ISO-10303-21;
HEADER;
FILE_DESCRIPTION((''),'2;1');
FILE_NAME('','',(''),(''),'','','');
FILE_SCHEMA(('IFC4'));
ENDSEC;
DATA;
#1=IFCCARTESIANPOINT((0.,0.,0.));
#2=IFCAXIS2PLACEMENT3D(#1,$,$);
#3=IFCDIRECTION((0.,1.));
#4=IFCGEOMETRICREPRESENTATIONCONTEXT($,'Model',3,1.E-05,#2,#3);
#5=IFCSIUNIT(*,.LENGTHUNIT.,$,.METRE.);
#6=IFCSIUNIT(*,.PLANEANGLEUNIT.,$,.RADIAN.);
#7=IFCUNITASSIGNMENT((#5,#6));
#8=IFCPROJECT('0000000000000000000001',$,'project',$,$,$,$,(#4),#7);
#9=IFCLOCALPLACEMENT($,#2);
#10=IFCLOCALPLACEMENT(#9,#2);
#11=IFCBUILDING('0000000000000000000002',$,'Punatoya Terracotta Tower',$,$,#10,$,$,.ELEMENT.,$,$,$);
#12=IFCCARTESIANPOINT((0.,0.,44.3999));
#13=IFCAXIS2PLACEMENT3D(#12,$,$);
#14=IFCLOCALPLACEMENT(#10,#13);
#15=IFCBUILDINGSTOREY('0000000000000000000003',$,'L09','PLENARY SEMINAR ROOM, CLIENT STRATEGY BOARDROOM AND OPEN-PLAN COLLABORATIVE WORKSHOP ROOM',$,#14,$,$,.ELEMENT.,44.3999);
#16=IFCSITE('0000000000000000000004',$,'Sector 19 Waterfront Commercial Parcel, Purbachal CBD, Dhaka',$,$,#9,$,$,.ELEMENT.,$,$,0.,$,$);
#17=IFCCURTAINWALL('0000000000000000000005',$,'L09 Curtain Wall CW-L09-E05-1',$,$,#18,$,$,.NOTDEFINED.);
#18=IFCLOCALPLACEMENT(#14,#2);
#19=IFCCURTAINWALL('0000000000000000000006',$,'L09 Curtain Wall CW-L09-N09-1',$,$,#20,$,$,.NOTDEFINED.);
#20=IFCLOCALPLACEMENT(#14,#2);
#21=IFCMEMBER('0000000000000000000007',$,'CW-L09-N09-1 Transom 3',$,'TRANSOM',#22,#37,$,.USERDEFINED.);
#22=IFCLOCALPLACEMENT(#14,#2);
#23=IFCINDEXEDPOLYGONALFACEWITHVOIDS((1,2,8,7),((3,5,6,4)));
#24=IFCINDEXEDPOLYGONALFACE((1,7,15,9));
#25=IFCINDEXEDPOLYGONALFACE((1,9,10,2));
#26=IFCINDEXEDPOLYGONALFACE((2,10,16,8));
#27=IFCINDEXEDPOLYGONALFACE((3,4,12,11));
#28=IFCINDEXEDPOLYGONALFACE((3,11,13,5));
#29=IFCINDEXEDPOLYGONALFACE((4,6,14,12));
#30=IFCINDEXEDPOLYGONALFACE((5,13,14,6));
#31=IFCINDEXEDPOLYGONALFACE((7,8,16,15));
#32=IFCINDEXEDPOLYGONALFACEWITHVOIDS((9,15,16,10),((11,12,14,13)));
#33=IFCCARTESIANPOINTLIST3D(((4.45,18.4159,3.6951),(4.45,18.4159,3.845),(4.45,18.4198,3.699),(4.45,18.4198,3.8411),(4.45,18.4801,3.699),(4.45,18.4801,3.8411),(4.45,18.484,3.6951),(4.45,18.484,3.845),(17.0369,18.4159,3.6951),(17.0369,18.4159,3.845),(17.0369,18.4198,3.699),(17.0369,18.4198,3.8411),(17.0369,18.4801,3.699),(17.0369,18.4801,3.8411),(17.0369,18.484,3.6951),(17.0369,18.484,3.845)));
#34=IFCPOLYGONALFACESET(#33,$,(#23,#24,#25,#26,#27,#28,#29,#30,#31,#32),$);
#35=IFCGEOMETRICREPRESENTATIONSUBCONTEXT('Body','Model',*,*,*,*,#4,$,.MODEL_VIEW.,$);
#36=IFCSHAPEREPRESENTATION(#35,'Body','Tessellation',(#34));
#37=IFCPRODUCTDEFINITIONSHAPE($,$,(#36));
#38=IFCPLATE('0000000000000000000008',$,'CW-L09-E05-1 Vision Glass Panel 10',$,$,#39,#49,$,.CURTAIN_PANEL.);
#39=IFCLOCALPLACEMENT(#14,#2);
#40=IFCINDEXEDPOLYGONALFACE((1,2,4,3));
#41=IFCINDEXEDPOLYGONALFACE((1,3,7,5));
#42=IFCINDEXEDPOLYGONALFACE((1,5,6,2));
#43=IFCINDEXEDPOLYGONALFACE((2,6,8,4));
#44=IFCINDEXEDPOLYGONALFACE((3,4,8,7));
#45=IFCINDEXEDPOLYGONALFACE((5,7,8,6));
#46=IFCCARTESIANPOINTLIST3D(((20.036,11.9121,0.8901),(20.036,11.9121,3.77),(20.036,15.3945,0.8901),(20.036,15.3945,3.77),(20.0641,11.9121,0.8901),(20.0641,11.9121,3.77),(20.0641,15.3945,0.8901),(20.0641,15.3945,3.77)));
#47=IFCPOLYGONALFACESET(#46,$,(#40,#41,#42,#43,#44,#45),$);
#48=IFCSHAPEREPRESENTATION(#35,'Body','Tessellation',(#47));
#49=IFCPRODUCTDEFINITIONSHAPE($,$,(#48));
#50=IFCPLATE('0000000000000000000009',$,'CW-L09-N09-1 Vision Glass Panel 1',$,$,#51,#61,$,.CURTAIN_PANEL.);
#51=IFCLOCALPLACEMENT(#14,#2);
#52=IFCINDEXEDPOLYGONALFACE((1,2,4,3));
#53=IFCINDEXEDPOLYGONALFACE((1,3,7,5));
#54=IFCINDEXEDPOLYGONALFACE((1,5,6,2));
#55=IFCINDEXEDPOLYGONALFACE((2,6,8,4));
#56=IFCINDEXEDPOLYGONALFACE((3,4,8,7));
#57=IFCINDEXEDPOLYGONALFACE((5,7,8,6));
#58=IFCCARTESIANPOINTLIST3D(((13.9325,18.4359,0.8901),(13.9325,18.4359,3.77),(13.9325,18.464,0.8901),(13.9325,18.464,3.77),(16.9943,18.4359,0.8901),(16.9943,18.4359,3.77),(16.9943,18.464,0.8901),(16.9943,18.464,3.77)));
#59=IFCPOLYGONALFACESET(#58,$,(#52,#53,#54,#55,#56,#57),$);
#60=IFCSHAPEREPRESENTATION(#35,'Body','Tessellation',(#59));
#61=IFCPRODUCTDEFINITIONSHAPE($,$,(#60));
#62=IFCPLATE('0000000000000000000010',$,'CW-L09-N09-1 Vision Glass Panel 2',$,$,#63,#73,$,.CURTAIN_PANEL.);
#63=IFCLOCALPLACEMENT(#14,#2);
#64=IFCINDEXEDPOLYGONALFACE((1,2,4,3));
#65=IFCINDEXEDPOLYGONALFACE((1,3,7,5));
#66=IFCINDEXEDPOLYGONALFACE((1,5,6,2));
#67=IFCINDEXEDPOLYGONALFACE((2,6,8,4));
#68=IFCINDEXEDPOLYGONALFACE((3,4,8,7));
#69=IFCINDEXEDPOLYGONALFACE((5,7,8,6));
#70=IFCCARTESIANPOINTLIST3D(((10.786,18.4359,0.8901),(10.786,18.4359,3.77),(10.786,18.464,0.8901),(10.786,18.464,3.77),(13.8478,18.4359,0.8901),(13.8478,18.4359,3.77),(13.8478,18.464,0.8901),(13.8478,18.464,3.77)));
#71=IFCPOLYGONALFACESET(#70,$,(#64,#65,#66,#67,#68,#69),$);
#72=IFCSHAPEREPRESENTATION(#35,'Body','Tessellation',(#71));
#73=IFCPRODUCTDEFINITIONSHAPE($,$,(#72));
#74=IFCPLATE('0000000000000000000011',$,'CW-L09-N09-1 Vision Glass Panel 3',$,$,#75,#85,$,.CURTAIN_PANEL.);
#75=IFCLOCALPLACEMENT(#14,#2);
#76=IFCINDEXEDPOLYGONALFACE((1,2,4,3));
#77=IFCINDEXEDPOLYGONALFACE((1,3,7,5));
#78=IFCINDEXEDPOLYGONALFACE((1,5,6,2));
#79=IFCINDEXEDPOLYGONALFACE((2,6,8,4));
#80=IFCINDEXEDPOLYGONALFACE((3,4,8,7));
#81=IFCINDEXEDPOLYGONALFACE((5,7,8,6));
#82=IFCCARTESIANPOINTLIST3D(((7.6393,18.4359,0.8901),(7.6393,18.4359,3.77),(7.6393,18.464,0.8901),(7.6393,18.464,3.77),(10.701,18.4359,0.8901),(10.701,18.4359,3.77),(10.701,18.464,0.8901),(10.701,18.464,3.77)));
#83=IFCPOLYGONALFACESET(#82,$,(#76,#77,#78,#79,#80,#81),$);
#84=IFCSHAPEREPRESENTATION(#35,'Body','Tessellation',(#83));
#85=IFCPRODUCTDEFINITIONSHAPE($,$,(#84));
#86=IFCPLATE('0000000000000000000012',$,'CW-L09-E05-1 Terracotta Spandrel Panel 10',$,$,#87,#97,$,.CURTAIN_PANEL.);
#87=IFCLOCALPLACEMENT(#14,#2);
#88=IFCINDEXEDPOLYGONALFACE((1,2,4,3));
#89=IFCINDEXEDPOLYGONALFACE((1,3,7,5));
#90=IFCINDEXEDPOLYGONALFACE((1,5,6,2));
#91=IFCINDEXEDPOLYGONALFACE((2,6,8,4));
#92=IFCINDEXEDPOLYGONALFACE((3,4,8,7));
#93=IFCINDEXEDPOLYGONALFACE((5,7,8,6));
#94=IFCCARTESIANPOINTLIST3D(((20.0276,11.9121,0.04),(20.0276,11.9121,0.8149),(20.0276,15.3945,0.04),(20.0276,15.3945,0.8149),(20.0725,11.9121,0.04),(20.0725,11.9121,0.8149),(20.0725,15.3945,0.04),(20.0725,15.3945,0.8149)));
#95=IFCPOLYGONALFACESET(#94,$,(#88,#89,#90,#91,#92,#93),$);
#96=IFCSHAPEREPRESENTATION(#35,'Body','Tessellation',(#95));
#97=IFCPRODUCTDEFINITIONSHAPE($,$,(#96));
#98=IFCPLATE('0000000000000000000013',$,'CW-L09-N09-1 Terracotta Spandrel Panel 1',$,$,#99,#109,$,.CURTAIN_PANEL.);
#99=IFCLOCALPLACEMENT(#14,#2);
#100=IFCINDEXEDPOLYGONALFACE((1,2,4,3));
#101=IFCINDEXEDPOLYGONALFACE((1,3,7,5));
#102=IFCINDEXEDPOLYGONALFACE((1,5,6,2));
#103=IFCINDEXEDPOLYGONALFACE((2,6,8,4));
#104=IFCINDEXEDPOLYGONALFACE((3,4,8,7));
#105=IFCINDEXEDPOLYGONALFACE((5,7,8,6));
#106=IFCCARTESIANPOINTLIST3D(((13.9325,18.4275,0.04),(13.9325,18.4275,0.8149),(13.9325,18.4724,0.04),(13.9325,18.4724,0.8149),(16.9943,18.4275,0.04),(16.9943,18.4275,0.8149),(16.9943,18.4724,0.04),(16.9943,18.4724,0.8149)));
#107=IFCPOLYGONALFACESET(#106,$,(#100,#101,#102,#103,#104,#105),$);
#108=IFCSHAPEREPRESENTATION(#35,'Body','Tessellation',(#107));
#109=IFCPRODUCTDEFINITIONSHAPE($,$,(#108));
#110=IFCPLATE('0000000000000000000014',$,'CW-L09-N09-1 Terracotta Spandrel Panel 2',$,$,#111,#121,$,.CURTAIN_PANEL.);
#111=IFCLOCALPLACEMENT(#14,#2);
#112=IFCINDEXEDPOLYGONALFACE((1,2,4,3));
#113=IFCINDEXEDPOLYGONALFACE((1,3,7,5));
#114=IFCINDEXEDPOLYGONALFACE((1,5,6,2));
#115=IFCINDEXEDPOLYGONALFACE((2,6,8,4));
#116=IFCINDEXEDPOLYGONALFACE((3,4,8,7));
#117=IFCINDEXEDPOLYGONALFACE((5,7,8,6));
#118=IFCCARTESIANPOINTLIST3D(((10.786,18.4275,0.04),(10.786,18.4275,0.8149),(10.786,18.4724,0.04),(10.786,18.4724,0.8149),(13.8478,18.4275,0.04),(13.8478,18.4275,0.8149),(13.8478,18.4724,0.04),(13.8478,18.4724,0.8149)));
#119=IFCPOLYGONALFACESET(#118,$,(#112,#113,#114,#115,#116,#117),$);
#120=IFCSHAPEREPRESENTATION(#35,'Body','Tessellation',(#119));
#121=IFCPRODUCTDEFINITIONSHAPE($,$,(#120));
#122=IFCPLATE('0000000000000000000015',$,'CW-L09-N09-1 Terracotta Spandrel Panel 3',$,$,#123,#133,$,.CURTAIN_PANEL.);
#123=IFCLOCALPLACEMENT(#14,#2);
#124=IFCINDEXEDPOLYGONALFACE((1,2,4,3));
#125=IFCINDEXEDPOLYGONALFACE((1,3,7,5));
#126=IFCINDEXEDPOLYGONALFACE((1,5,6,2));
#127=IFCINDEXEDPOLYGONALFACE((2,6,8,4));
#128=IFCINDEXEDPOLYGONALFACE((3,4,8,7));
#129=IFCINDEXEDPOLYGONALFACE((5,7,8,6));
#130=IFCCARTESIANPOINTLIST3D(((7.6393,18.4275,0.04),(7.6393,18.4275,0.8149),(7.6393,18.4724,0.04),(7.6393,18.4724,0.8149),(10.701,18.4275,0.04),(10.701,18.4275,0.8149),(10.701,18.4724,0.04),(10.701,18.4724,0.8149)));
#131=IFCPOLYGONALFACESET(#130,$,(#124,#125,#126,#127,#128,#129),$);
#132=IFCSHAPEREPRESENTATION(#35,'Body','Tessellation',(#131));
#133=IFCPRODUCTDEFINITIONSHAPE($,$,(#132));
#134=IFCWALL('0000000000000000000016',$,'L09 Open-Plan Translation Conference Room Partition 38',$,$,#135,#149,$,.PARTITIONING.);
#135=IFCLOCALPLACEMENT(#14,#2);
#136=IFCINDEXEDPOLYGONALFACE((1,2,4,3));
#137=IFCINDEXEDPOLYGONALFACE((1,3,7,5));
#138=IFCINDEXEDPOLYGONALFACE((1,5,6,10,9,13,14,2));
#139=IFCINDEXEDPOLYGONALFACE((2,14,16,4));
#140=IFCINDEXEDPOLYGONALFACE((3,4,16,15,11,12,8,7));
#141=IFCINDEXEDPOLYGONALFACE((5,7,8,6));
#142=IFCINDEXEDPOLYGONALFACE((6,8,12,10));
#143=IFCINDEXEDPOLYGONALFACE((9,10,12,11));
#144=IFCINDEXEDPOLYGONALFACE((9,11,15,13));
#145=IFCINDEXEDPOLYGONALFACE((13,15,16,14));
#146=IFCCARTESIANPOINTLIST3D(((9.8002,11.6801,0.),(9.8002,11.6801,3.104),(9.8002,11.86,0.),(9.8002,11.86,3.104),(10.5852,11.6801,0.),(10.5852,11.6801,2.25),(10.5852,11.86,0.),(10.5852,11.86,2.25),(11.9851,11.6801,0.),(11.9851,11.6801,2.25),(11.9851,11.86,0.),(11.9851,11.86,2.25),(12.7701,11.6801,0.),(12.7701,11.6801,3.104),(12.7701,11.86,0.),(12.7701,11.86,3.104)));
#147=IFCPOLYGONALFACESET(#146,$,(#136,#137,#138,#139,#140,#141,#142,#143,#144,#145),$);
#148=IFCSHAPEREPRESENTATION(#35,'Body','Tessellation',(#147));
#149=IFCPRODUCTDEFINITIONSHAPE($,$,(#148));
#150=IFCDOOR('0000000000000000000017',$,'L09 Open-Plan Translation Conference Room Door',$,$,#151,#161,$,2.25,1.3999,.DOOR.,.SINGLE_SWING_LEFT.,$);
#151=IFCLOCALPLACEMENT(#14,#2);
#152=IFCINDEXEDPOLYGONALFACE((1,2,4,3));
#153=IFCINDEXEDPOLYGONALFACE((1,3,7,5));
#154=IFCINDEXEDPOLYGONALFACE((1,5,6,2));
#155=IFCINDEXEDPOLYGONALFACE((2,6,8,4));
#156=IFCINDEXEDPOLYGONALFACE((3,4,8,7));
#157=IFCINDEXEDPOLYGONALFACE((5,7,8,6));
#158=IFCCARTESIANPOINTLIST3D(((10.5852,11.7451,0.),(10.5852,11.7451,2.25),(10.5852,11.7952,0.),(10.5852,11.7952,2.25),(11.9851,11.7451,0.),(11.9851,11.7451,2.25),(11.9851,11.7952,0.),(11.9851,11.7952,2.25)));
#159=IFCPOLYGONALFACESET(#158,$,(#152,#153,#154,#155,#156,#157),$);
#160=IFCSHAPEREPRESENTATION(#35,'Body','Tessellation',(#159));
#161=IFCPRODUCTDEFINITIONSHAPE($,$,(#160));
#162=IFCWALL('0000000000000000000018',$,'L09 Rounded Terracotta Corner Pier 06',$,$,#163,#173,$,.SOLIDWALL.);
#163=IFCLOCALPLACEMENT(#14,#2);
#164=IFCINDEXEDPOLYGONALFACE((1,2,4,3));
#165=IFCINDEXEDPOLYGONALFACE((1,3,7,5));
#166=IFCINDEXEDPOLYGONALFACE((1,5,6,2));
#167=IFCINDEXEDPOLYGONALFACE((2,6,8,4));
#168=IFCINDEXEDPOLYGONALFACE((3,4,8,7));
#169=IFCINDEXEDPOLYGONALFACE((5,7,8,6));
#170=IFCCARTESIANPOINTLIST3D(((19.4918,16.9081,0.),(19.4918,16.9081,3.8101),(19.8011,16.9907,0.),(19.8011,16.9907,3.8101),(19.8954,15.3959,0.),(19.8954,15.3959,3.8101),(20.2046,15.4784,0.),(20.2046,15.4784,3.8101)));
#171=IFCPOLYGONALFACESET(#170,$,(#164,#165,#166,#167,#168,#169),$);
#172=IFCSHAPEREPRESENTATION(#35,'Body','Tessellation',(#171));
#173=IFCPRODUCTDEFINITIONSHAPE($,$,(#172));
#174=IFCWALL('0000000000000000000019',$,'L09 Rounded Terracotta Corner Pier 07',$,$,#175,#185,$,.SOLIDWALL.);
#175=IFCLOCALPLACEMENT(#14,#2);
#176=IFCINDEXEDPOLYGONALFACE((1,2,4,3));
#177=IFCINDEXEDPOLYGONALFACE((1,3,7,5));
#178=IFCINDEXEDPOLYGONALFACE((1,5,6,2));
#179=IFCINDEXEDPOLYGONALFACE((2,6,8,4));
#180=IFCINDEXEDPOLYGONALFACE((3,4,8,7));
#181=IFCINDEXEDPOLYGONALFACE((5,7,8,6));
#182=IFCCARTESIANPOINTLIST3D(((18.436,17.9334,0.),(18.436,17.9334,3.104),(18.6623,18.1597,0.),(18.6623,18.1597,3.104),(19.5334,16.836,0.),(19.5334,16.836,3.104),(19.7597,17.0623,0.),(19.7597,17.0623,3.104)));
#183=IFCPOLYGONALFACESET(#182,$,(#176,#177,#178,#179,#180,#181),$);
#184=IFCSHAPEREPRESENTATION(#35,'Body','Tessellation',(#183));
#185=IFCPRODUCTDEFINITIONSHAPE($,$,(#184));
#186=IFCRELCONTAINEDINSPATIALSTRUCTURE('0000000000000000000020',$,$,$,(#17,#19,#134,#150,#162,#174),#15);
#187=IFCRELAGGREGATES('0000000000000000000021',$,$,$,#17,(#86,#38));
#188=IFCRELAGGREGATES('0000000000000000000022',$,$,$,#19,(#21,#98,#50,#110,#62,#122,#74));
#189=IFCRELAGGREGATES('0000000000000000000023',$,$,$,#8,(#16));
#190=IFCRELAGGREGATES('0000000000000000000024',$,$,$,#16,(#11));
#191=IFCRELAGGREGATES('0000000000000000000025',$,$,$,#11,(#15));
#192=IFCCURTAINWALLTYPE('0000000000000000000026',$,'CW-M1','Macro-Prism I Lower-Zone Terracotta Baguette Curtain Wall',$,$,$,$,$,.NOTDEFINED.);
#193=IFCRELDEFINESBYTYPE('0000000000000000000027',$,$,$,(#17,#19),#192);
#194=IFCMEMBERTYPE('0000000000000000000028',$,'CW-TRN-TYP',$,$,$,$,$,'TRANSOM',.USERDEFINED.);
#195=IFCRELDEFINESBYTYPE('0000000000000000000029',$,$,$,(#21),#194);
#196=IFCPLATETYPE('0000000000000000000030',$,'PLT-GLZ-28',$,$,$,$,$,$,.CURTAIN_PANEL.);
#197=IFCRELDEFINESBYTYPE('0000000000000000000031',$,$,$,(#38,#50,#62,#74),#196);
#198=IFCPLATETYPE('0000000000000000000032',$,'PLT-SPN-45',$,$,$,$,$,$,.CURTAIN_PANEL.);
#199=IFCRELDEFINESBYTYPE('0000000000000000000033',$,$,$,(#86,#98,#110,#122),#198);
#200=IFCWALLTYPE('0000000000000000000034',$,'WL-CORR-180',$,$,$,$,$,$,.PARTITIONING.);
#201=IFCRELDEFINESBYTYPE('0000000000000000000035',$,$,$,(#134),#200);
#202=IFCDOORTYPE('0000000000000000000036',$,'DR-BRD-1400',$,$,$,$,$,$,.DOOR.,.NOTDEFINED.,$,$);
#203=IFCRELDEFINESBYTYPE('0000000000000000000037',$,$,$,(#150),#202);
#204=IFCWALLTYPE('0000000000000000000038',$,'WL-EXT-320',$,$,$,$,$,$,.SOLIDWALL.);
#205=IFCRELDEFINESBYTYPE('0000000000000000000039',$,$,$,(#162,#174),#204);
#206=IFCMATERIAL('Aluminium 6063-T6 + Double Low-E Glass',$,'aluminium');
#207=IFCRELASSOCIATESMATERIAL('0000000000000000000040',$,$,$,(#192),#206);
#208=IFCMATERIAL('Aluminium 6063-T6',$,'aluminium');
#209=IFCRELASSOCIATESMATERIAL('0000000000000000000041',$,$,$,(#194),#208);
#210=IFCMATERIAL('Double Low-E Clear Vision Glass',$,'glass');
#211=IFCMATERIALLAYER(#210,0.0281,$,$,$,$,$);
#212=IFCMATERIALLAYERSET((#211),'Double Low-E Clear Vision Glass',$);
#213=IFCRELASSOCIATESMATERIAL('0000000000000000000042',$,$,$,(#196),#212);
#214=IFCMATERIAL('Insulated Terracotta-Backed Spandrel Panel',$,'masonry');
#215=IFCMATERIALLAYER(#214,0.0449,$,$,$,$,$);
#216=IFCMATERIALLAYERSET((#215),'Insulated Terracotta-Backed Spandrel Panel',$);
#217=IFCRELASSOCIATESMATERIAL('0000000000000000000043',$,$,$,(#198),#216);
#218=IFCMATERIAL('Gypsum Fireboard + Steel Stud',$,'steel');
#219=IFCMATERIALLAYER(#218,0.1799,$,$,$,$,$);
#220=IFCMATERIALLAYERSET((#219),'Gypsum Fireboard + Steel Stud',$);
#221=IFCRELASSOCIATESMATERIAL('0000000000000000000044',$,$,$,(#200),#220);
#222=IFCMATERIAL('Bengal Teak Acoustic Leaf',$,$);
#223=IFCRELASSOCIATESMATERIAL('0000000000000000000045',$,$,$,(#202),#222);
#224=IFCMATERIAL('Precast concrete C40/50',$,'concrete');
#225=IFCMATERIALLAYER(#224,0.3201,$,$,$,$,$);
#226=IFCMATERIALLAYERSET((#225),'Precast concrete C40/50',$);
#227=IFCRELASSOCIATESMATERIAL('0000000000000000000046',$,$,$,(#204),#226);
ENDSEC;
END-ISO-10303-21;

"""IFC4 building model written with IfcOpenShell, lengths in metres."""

from ifc_helpers import new_model, si_unit, direction, frame, frame_2d, origin, origin_2d, place, context, subcontext, project, spatial, rectangle, hollow_rectangle, extrude, material, layer, layer_set, material_profile, profile_set, type_object, element, fill, aggregate, save


model = new_model("IFC4")

# Units and contexts
model_context = context("Model", 3, precision=1e-05, world=origin(), true_north=direction((0.0, 1.0)))
body_context = subcontext(model_context, "Body", "Model", "MODEL_VIEW")
ifc_project = project(units=[si_unit("LENGTHUNIT", "METRE"), si_unit("PLANEANGLEUNIT", "RADIAN")], contexts=[model_context])

# Site, building, storey
site_placement = place(None, origin())
site = spatial("IfcSite", under=ifc_project, at=site_placement, Name="Sector 19 Waterfront Commercial Parcel, Purbachal CBD, Dhaka", CompositionType="ELEMENT", RefElevation=0.0)
building_placement = place(site_placement, origin())
building = spatial("IfcBuilding", under=site, at=building_placement, Name="Punatoya Terracotta Tower", CompositionType="ELEMENT")
storey_placement = place(building_placement, frame((0.0, 0.0, 44.3999)))
storey = spatial("IfcBuildingStorey", under=building, at=storey_placement, Name="L09", Description="PLENARY SEMINAR ROOM, CLIENT STRATEGY BOARDROOM AND OPEN-PLAN COLLABORATIVE WORKSHOP ROOM", CompositionType="ELEMENT", Elevation=44.3999)

# Curtain walls, member
ifc_material_1 = material(Name="Aluminium 6063-T6 + Double Low-E Glass", Category="aluminium")
curtain_wall_type = type_object("IfcCurtainWallType", Name="CW-M1", Description="Macro-Prism I Lower-Zone Terracotta Baguette Curtain Wall", PredefinedType="NOTDEFINED", material=ifc_material_1)
curtain_wall_1_placement = place(storey_placement, origin())
curtain_wall_1 = element("IfcCurtainWall", 1, at=curtain_wall_1_placement, inside=storey, type_object=curtain_wall_type, Name="L09 Curtain Wall CW-L09-E05-1", PredefinedType="NOTDEFINED")
ifc_material_2 = material(Name="Aluminium 6063-T6", Category="aluminium")
curtain_wall_2_placement = place(storey_placement, origin())
curtain_wall_2 = element("IfcCurtainWall", 2, at=curtain_wall_2_placement, inside=storey, type_object=curtain_wall_type, Name="L09 Curtain Wall CW-L09-N09-1", PredefinedType="NOTDEFINED")
ifc_material_profile_1 = material_profile(ifc_material_2, hollow_rectangle(XDim=0.0681, YDim=0.1499, WallThickness=0.0039, at=origin_2d()))
ifc_profile_set_1 = profile_set([ifc_material_profile_1], Name="Aluminium 6063-T6")
member_type_1 = type_object("IfcMemberType", Name="CW-TRN-TYP", ElementType="TRANSOM", PredefinedType="USERDEFINED", material=ifc_profile_set_1)
member_1_placement = place(storey_placement, frame((17.0369, 18.45, 3.77), z_axis=(-1.0, 0.0, 0.0), x_axis=(0.0, -1.0, 0.0)))
member_1 = element("IfcMember", 3, at=member_1_placement, type_object=member_type_1, Name="CW-L09-N09-1 Transom 3", ObjectType="TRANSOM", PredefinedType="USERDEFINED", context=body_context, shape_type="SweptSolid", body=[
    extrude(hollow_rectangle(XDim=0.0681, YDim=0.1499, WallThickness=0.0039, at=origin_2d()), origin(), (0.0, 0.0, 1.0), 12.5869),
])

# Plates
ifc_material_3 = material(Name="Double Low-E Clear Vision Glass", Category="glass")
ifc_layer_1 = layer(ifc_material_3, 0.0281)
ifc_layer_set_1 = layer_set([ifc_layer_1], Name="Double Low-E Clear Vision Glass")
plate_type_1 = type_object("IfcPlateType", Name="PLT-GLZ-28", PredefinedType="CURTAIN_PANEL", material=ifc_layer_set_1)
plate_1_placement = place(storey_placement, frame((20.05, 13.6533, 0.8901), z_axis=(0.0, 0.0, 1.0), x_axis=(0.0, 1.0, 0.0)))
plate_1 = element("IfcPlate", 4, at=plate_1_placement, type_object=plate_type_1, Name="CW-L09-E05-1 Vision Glass Panel 10", PredefinedType="CURTAIN_PANEL", context=body_context, shape_type="SweptSolid", body=[
    extrude(rectangle(XDim=3.4824, YDim=0.0281, at=origin_2d()), origin(), (0.0, 0.0, 1.0), 2.8799),
])
plate_2_placement = place(storey_placement, frame((15.4634, 18.45, 0.8901), z_axis=(0.0, 0.0, 1.0), x_axis=(-1.0, 0.0, 0.0)))
plate_2 = element("IfcPlate", 5, at=plate_2_placement, type_object=plate_type_1, Name="CW-L09-N09-1 Vision Glass Panel 1", PredefinedType="CURTAIN_PANEL", context=body_context, shape_type="SweptSolid", body=[
    extrude(rectangle(XDim=3.0618, YDim=0.0281, at=origin_2d()), origin(), (0.0, 0.0, 1.0), 2.8799),
])
plate_3_placement = place(storey_placement, frame((12.3169, 18.45, 0.8901), z_axis=(0.0, 0.0, 1.0), x_axis=(-1.0, 0.0, 0.0)))
plate_3 = element("IfcPlate", 6, at=plate_3_placement, type_object=plate_type_1, Name="CW-L09-N09-1 Vision Glass Panel 2", PredefinedType="CURTAIN_PANEL", context=body_context, shape_type="SweptSolid", body=[
    extrude(rectangle(XDim=3.0618, YDim=0.0281, at=origin_2d()), origin(), (0.0, 0.0, 1.0), 2.8799),
])
plate_4_placement = place(storey_placement, frame((9.1702, 18.45, 0.8901), z_axis=(0.0, 0.0, 1.0), x_axis=(-1.0, 0.0, 0.0)))
plate_4 = element("IfcPlate", 7, at=plate_4_placement, type_object=plate_type_1, Name="CW-L09-N09-1 Vision Glass Panel 3", PredefinedType="CURTAIN_PANEL", context=body_context, shape_type="SweptSolid", body=[
    extrude(rectangle(XDim=3.0618, YDim=0.0281, at=origin_2d()), origin(), (0.0, 0.0, 1.0), 2.8799),
])
ifc_material_4 = material(Name="Insulated Terracotta-Backed Spandrel Panel", Category="masonry")
ifc_layer_2 = layer(ifc_material_4, 0.0449)
ifc_layer_set_2 = layer_set([ifc_layer_2], Name="Insulated Terracotta-Backed Spandrel Panel")
plate_type_2 = type_object("IfcPlateType", Name="PLT-SPN-45", PredefinedType="CURTAIN_PANEL", material=ifc_layer_set_2)
plate_5_placement = place(storey_placement, frame((20.05, 13.6533, 0.04), z_axis=(0.0, 0.0, 1.0), x_axis=(0.0, 1.0, 0.0)))
plate_5 = element("IfcPlate", 8, at=plate_5_placement, type_object=plate_type_2, Name="CW-L09-E05-1 Terracotta Spandrel Panel 10", PredefinedType="CURTAIN_PANEL", context=body_context, shape_type="SweptSolid", body=[
    extrude(rectangle(XDim=3.4824, YDim=0.0449, at=origin_2d()), origin(), (0.0, 0.0, 1.0), 0.7749),
])
aggregate(curtain_wall_1, [plate_5, plate_1])
plate_6_placement = place(storey_placement, frame((15.4634, 18.45, 0.04), z_axis=(0.0, 0.0, 1.0), x_axis=(-1.0, 0.0, 0.0)))
plate_6 = element("IfcPlate", 9, at=plate_6_placement, type_object=plate_type_2, Name="CW-L09-N09-1 Terracotta Spandrel Panel 1", PredefinedType="CURTAIN_PANEL", context=body_context, shape_type="SweptSolid", body=[
    extrude(rectangle(XDim=3.0618, YDim=0.0449, at=origin_2d()), origin(), (0.0, 0.0, 1.0), 0.7749),
])
plate_7_placement = place(storey_placement, frame((12.3169, 18.45, 0.04), z_axis=(0.0, 0.0, 1.0), x_axis=(-1.0, 0.0, 0.0)))
plate_7 = element("IfcPlate", 10, at=plate_7_placement, type_object=plate_type_2, Name="CW-L09-N09-1 Terracotta Spandrel Panel 2", PredefinedType="CURTAIN_PANEL", context=body_context, shape_type="SweptSolid", body=[
    extrude(rectangle(XDim=3.0618, YDim=0.0449, at=origin_2d()), origin(), (0.0, 0.0, 1.0), 0.7749),
])
plate_8_placement = place(storey_placement, frame((9.1702, 18.45, 0.04), z_axis=(0.0, 0.0, 1.0), x_axis=(-1.0, 0.0, 0.0)))
plate_8 = element("IfcPlate", 11, at=plate_8_placement, type_object=plate_type_2, Name="CW-L09-N09-1 Terracotta Spandrel Panel 3", PredefinedType="CURTAIN_PANEL", context=body_context, shape_type="SweptSolid", body=[
    extrude(rectangle(XDim=3.0618, YDim=0.0449, at=origin_2d()), origin(), (0.0, 0.0, 1.0), 0.7749),
])
aggregate(curtain_wall_2, [member_1, plate_6, plate_2, plate_7, plate_3, plate_8, plate_4])

# Wall, opening, door
ifc_material_5 = material(Name="Gypsum Fireboard + Steel Stud", Category="steel")
ifc_layer_3 = layer(ifc_material_5, 0.1799)
ifc_layer_set_3 = layer_set([ifc_layer_3], Name="Gypsum Fireboard + Steel Stud")
wall_type_1 = type_object("IfcWallType", Name="WL-CORR-180", PredefinedType="PARTITIONING", material=ifc_layer_set_3)
wall_1_placement = place(storey_placement, frame((12.77, 11.77, 0.0), z_axis=(0.0, 0.0, 1.0), x_axis=(-1.0, 0.0, 0.0)))
wall_1 = element("IfcWall", 12, at=wall_1_placement, inside=storey, type_object=wall_type_1, Name="L09 Open-Plan Translation Conference Room Partition 38", PredefinedType="PARTITIONING", context=body_context, shape_type="SweptSolid", body=[
    extrude(rectangle(XDim=2.97, YDim=0.1799, at=frame_2d((1.4849, 0.0))), origin(), (0.0, 0.0, 1.0), 3.104),
])
opening_placement = place(wall_1_placement, frame((0.7849, 0.0, 0.0)))
opening = element("IfcOpeningElement", 13, at=opening_placement, cuts=wall_1, PredefinedType="OPENING", context=body_context, shape_type="SweptSolid", body=[
    extrude(rectangle(XDim=1.3999, YDim=2.25, at=frame_2d((0.7, 1.125))), frame((0.0, 0.0999, 0.0), z_axis=(0.0, -1.0, 0.0), x_axis=(1.0, 0.0, 0.0)), (0.0, 0.0, 1.0), 0.2),
])
ifc_material_6 = material(Name="Bengal Teak Acoustic Leaf")
door_type = type_object("IfcDoorType", Name="DR-BRD-1400", OperationType="NOTDEFINED", PredefinedType="DOOR", material=ifc_material_6)
door_placement = place(opening_placement, origin())
door = element("IfcDoor", 14, at=door_placement, inside=storey, type_object=door_type, Name="L09 Open-Plan Translation Conference Room Door", OperationType="SINGLE_SWING_LEFT", OverallHeight=2.25, OverallWidth=1.3999, PredefinedType="DOOR", context=body_context, shape_type="SweptSolid", body=[
    extrude(rectangle(XDim=1.3999, YDim=2.25, at=frame_2d((0.7, 1.125))), frame((0.0, 0.0249, 0.0), z_axis=(0.0, -1.0, 0.0), x_axis=(1.0, 0.0, 0.0)), (0.0, 0.0, 1.0), 0.05),
])
fill(opening, door)

# Walls
ifc_material_7 = material(Name="Precast concrete C40/50", Category="concrete")
ifc_layer_4 = layer(ifc_material_7, 0.3201)
ifc_layer_set_4 = layer_set([ifc_layer_4], Name="Precast concrete C40/50")
wall_type_2 = type_object("IfcWallType", Name="WL-EXT-320", PredefinedType="SOLIDWALL", material=ifc_layer_set_4)
wall_2_placement = place(storey_placement, frame((20.05, 15.437, 0.0), z_axis=(0.0, 0.0, 1.0), x_axis=(-0.257847, 0.966186, 0.0)))
element("IfcWall", 15, at=wall_2_placement, inside=storey, type_object=wall_type_2, Name="L09 Rounded Terracotta Corner Pier 06", PredefinedType="SOLIDWALL", context=body_context, shape_type="SweptSolid", body=[
    extrude(rectangle(XDim=1.5652, YDim=0.3201, at=frame_2d((0.7827, 0.0))), origin(), (0.0, 0.0, 1.0), 3.8101),
])
wall_3_placement = place(storey_placement, frame((19.6465, 16.9492, 0.0), z_axis=(0.0, 0.0, 1.0), x_axis=(-0.707107, 0.707107, 0.0)))
element("IfcWall", 16, at=wall_3_placement, inside=storey, type_object=wall_type_2, Name="L09 Rounded Terracotta Corner Pier 07", PredefinedType="SOLIDWALL", context=body_context, shape_type="SweptSolid", body=[
    extrude(rectangle(XDim=1.552, YDim=0.3201, at=frame_2d((0.7759, 0.0))), origin(), (0.0, 0.0, 1.0), 3.104),
])

save(model, "model.ifc")
